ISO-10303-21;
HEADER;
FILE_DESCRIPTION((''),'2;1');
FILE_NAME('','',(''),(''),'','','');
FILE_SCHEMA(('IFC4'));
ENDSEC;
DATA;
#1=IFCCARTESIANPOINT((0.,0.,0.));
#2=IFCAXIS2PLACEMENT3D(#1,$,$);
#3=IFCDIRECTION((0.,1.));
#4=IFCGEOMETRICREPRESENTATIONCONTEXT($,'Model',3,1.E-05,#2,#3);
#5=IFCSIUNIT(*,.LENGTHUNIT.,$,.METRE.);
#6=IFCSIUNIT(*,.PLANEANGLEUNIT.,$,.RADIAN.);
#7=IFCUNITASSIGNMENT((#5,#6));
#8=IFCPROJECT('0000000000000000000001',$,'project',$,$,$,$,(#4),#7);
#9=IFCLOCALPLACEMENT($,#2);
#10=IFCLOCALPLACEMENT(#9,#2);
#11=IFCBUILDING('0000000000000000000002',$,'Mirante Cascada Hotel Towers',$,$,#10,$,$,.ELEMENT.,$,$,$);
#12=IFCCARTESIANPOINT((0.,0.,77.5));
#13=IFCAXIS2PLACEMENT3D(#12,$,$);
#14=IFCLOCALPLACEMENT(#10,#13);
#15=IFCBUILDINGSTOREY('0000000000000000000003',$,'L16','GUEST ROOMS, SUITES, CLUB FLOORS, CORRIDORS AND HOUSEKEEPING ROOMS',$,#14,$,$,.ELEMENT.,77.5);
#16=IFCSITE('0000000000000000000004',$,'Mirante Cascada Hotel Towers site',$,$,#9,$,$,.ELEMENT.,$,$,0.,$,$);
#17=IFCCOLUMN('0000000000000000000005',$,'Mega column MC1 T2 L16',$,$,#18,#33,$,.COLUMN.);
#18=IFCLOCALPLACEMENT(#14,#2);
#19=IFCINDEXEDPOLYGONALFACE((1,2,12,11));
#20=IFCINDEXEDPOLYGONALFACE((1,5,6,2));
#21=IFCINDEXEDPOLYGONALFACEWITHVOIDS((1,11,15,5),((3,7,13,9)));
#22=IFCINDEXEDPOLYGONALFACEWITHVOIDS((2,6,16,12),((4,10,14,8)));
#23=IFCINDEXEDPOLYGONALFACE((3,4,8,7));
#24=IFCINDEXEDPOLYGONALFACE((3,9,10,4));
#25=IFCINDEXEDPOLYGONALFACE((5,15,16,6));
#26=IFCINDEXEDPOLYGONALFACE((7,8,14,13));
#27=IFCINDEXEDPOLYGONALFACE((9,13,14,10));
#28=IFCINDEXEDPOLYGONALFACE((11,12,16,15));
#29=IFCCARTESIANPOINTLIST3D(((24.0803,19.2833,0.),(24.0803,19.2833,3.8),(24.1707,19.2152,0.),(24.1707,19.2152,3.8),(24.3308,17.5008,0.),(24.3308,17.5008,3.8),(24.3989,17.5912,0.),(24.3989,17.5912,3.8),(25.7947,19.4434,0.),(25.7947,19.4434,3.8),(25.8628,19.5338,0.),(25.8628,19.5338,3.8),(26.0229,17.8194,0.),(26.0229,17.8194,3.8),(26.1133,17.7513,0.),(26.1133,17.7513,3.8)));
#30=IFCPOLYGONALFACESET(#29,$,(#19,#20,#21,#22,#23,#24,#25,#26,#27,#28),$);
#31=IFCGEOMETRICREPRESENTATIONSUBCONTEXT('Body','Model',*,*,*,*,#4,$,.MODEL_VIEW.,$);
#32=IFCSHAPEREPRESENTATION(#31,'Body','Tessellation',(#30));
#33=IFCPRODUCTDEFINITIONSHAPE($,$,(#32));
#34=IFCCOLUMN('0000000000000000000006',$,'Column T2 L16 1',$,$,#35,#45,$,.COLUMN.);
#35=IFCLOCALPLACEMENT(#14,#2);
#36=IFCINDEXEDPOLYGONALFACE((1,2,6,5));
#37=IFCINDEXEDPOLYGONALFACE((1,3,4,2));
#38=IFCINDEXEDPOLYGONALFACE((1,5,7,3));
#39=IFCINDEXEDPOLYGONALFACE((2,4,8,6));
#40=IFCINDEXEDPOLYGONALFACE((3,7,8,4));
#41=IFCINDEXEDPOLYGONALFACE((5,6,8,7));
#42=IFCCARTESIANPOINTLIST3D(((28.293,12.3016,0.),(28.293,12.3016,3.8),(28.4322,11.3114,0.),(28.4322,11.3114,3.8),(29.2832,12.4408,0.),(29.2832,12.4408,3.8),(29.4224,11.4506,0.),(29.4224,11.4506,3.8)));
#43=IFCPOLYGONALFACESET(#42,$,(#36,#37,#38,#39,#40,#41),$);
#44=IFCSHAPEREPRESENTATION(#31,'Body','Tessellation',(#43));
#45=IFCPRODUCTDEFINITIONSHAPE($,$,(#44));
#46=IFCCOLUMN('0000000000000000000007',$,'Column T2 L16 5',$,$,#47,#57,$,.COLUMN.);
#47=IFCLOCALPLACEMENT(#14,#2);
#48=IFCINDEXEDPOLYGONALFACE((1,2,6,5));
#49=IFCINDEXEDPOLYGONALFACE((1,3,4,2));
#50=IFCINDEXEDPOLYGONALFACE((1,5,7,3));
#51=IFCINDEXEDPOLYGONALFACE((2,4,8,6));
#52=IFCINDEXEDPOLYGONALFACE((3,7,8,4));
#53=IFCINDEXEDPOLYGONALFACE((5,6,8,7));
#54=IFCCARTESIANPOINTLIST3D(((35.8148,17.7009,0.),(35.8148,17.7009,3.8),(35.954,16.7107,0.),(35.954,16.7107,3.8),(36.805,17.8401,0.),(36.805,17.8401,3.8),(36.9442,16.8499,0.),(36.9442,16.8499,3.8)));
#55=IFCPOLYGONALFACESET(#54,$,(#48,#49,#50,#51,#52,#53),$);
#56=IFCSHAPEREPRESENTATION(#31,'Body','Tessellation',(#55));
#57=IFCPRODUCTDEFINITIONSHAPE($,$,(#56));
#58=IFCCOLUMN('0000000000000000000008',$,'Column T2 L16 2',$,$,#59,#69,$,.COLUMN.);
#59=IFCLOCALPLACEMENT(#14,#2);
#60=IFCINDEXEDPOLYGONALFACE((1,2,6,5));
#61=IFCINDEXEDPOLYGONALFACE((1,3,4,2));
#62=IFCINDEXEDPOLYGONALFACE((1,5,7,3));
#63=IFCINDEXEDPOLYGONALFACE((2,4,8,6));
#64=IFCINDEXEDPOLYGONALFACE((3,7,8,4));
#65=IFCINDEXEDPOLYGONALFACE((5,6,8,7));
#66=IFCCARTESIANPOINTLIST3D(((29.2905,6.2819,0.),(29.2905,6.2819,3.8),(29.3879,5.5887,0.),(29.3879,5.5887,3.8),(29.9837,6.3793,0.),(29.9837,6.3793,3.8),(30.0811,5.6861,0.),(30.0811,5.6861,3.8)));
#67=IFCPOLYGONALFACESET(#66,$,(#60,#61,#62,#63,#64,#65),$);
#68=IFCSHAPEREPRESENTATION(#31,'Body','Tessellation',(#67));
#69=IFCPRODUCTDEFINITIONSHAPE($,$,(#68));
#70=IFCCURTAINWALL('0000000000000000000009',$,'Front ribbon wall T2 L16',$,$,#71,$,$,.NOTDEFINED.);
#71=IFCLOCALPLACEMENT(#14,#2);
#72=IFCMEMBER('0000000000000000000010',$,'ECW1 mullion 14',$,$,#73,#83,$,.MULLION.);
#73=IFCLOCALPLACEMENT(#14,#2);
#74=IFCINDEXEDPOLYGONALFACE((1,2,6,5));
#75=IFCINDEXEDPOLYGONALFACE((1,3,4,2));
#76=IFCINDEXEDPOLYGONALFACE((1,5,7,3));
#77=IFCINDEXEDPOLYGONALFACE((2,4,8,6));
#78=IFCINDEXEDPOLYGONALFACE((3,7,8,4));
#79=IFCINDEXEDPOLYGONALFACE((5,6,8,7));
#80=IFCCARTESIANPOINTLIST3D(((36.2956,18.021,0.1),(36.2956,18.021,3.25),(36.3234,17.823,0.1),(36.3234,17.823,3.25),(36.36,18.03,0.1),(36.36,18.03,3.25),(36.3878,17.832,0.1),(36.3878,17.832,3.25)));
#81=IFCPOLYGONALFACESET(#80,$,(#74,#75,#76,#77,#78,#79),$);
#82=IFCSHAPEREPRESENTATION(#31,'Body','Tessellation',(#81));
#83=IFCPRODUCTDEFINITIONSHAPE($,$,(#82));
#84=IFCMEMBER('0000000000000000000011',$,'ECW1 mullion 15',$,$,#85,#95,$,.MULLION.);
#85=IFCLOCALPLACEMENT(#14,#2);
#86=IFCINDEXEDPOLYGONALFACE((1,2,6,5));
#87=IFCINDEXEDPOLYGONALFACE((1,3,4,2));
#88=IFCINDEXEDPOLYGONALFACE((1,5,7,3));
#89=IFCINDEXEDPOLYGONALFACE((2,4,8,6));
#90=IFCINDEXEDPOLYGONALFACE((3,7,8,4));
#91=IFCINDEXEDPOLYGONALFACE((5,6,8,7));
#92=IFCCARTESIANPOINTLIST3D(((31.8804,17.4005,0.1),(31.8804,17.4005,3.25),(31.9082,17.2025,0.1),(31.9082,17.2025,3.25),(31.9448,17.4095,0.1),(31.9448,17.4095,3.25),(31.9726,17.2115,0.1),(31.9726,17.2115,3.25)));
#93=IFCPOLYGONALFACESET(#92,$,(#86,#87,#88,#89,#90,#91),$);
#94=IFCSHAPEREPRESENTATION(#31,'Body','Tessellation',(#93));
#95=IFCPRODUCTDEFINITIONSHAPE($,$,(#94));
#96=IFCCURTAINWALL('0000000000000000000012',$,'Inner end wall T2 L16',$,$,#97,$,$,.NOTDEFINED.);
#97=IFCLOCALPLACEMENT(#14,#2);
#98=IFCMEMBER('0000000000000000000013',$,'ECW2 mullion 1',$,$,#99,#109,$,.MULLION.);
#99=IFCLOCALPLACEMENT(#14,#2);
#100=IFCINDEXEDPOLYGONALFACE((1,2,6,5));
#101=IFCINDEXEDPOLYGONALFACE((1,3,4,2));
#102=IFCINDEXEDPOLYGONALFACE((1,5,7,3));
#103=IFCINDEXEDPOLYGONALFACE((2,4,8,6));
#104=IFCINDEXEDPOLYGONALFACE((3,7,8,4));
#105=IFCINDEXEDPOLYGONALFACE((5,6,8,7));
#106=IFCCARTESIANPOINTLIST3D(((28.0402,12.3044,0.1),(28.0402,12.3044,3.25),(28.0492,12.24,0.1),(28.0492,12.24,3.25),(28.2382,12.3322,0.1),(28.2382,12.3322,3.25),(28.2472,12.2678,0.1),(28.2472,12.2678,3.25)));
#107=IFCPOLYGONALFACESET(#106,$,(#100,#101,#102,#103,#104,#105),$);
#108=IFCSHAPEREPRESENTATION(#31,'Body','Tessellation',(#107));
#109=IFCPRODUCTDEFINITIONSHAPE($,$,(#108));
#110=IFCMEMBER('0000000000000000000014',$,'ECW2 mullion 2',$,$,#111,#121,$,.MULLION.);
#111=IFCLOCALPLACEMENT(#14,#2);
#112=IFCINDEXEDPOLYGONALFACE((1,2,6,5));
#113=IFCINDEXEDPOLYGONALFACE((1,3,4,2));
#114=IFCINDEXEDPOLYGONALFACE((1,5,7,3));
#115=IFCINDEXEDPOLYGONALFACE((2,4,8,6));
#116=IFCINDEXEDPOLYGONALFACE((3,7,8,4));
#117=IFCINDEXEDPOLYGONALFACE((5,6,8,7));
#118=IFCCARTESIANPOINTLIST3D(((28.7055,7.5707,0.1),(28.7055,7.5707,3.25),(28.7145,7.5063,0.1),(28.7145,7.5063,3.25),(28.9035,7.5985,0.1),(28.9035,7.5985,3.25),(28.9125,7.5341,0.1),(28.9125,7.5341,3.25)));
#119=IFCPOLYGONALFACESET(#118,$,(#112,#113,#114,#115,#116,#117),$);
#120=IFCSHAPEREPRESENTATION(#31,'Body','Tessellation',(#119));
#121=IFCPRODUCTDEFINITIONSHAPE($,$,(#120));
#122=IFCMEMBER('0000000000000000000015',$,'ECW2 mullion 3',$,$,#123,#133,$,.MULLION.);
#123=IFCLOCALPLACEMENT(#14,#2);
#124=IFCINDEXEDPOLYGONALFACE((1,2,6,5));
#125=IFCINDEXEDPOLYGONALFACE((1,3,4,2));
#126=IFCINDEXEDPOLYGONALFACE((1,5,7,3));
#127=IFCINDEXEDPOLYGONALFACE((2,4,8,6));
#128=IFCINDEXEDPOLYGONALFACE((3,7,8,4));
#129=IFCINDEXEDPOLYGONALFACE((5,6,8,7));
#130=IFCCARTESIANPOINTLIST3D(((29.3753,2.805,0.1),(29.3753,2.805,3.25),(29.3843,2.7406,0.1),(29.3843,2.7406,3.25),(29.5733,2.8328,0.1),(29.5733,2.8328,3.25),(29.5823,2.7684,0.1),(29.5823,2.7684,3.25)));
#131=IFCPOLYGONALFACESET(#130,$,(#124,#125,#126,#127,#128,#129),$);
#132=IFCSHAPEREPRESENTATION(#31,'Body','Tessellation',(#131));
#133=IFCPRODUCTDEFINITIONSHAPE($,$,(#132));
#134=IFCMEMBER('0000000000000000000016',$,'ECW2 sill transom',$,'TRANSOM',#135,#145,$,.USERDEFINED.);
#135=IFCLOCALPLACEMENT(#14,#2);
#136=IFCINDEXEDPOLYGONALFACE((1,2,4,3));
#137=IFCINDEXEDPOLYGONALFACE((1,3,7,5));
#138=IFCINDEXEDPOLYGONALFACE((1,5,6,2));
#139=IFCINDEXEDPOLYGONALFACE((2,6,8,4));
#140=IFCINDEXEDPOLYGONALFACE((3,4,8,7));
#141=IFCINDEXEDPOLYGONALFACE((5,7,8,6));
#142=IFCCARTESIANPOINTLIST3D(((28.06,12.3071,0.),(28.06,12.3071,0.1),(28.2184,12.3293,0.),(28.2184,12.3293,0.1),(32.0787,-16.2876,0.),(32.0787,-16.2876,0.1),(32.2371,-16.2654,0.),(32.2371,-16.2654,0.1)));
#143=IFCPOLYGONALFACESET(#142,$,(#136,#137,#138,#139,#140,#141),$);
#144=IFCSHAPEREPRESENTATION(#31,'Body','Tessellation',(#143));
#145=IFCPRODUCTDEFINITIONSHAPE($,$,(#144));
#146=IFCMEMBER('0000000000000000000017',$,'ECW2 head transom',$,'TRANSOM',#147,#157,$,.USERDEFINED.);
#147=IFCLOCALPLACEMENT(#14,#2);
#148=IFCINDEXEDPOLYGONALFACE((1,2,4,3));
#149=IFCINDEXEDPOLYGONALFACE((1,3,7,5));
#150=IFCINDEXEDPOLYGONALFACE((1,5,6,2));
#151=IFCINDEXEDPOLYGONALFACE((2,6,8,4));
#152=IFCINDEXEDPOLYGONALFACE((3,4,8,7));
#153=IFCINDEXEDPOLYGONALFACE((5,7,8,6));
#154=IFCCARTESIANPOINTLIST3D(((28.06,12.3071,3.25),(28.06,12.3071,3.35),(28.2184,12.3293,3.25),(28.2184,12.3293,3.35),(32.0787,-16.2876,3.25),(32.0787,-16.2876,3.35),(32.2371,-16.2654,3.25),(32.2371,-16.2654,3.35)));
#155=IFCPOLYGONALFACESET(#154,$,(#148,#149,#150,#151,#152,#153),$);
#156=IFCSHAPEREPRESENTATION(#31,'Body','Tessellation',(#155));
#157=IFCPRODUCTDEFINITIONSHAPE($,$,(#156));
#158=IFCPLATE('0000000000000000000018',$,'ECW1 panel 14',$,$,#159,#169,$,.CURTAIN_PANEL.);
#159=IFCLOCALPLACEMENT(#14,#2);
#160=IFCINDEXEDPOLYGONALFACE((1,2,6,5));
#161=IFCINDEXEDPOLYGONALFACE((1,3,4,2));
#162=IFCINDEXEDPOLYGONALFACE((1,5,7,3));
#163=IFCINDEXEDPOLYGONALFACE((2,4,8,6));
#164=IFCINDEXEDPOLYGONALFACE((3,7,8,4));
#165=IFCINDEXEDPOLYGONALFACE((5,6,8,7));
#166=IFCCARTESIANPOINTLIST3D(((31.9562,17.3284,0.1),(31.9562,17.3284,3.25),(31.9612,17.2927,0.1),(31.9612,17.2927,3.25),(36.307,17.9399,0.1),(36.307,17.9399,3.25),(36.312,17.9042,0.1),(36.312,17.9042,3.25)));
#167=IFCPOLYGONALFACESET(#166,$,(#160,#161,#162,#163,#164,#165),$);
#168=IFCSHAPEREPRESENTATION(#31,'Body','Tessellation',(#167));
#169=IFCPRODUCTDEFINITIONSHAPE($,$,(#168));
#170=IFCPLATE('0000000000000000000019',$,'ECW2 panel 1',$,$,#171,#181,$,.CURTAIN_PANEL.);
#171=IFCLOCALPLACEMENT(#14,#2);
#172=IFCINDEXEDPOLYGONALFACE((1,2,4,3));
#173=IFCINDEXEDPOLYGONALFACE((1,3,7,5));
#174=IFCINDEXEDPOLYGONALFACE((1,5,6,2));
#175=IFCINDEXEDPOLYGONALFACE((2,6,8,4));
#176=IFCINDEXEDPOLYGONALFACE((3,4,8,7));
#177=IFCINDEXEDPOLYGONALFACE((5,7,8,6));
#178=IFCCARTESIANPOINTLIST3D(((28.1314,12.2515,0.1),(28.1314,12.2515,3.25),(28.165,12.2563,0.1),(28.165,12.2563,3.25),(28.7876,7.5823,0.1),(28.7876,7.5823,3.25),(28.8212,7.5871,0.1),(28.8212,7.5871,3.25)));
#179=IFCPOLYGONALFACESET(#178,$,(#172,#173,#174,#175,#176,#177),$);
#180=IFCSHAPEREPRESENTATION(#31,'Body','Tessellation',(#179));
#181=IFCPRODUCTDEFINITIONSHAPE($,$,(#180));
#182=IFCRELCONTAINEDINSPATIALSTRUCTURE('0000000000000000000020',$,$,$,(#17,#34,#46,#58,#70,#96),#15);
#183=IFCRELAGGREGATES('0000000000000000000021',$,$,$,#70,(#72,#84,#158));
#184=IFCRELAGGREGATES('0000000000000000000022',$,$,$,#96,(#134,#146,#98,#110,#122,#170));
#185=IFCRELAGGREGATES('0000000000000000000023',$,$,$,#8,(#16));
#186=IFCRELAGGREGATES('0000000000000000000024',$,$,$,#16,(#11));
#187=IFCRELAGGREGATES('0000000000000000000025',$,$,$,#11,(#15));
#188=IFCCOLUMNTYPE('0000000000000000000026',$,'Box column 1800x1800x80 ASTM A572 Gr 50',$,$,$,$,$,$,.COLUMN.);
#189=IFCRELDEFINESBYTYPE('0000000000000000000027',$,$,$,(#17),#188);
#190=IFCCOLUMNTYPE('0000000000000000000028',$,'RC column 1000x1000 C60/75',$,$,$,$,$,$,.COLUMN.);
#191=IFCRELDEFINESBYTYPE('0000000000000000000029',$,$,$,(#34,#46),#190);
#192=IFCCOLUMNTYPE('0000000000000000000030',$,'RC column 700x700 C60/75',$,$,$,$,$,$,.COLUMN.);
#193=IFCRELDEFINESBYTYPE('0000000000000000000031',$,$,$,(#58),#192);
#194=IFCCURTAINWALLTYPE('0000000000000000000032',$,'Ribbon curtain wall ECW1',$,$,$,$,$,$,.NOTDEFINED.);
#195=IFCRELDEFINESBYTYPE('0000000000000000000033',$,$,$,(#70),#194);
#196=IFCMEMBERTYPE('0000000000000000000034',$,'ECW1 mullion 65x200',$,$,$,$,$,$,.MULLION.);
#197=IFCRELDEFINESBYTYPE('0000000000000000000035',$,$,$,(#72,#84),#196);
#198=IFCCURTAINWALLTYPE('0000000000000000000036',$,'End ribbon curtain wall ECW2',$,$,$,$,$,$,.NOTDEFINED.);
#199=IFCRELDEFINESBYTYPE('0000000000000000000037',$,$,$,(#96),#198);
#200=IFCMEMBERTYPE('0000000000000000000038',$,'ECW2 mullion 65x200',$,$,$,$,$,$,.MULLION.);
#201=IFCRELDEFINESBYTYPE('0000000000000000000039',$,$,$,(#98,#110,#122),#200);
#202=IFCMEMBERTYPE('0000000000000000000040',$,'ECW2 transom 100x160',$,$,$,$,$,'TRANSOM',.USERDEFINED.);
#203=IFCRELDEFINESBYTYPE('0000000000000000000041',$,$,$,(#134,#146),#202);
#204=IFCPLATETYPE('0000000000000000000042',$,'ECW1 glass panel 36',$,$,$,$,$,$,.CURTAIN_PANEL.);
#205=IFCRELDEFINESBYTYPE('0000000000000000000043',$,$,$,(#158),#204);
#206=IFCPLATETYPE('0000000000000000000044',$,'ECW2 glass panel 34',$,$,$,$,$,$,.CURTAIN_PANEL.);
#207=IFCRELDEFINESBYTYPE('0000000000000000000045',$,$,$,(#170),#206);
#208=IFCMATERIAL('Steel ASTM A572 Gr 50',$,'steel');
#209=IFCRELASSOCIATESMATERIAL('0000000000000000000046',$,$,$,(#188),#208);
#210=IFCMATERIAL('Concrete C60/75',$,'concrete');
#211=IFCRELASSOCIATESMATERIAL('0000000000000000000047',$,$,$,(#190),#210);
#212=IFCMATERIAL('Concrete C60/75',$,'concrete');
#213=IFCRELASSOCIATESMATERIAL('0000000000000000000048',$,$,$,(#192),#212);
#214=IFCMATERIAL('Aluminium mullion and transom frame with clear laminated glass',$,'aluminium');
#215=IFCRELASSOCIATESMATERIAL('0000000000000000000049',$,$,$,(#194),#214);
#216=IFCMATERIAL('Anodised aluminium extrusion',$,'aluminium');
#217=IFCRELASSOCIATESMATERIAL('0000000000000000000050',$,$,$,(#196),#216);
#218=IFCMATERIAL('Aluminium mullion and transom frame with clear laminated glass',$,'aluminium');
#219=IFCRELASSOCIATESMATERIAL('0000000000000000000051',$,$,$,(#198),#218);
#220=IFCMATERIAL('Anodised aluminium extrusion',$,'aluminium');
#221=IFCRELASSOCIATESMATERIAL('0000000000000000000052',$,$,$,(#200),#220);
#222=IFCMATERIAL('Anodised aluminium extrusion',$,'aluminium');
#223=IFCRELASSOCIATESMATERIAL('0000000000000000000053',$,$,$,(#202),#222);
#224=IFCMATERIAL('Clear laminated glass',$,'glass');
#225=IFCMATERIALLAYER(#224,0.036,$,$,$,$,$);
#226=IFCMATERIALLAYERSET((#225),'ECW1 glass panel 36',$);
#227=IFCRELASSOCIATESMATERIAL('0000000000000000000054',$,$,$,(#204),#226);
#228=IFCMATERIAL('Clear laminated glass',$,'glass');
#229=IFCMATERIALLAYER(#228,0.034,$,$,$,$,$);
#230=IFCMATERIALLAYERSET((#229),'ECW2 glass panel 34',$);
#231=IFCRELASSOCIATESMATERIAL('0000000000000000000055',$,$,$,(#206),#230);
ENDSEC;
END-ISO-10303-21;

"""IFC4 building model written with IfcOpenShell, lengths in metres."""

from ifc_helpers import new_model, si_unit, direction, frame, origin, origin_2d, place, context, subcontext, project, spatial, rectangle, hollow_rectangle, extrude, material, layer, layer_set, material_profile, profile_set, type_object, element, aggregate, save


model = new_model("IFC4")

# Units and contexts
model_context = context("Model", 3, precision=1e-05, world=origin(), true_north=direction((0.0, 1.0)))
body_context = subcontext(model_context, "Body", "Model", "MODEL_VIEW")
ifc_project = project(units=[si_unit("LENGTHUNIT", "METRE"), si_unit("PLANEANGLEUNIT", "RADIAN")], contexts=[model_context])

# Site, building, storey
site_placement = place(None, origin())
site = spatial("IfcSite", under=ifc_project, at=site_placement, Name="Mirante Cascada Hotel Towers site", CompositionType="ELEMENT", RefElevation=0.0)
building_placement = place(site_placement, origin())
building = spatial("IfcBuilding", under=site, at=building_placement, Name="Mirante Cascada Hotel Towers", CompositionType="ELEMENT")
storey_placement = place(building_placement, frame((0.0, 0.0, 77.5)))
storey = spatial("IfcBuildingStorey", under=building, at=storey_placement, Name="L16", Description="GUEST ROOMS, SUITES, CLUB FLOORS, CORRIDORS AND HOUSEKEEPING ROOMS", CompositionType="ELEMENT", Elevation=77.5)

# Columns
ifc_material_1 = material(Name="Steel ASTM A572 Gr 50", Category="steel")
ifc_material_profile_1 = material_profile(ifc_material_1, hollow_rectangle(XDim=1.8, YDim=1.8, WallThickness=0.08, at=origin_2d()), Name="Box column 1800x1800x80 ASTM A572 Gr 50")
ifc_profile_set_1 = profile_set([ifc_material_profile_1], Name="Steel ASTM A572 Gr 50")
column_type_1 = type_object("IfcColumnType", Name="Box column 1800x1800x80 ASTM A572 Gr 50", PredefinedType="COLUMN", material=ifc_profile_set_1)
column_1_placement = place(storey_placement, frame((25.0968, 18.5173, 0.0), z_axis=(0.0, 0.0, 1.0), x_axis=(0.990268, 0.139173, 0.0)))
element("IfcColumn", 1, at=column_1_placement, inside=storey, type_object=column_type_1, Name="Mega column MC1 T2 L16", PredefinedType="COLUMN", context=body_context, shape_type="SweptSolid", body=[
    extrude(hollow_rectangle(XDim=1.8, YDim=1.8, WallThickness=0.08, at=origin_2d()), origin(), (0.0, 0.0, 1.0), 3.8),
])
ifc_material_2 = material(Name="Concrete C60/75", Category="concrete")
ifc_material_profile_2 = material_profile(ifc_material_2, rectangle(XDim=1.0, YDim=1.0, at=origin_2d()), Name="RC column 1000x1000 C60/75")
ifc_profile_set_2 = profile_set([ifc_material_profile_2], Name="Concrete C60/75")
column_type_2 = type_object("IfcColumnType", Name="RC column 1000x1000 C60/75", PredefinedType="COLUMN", material=ifc_profile_set_2)
for number, where, z_axis, x_axis, name in (
    (2, (28.8577, 11.8761, 0.0), (0.0, 0.0, 1.0), (0.990268, 0.139173, 0.0), "Column T2 L16 1"),
    (3, (36.3795, 17.2754, 0.0), (0.0, 0.0, 1.0), (0.990268, 0.139173, 0.0), "Column T2 L16 5"),
):
    element("IfcColumn", number, at=place(storey_placement, frame(where, z_axis=z_axis, x_axis=x_axis)), inside=storey, type_object=column_type_2, Name=name, PredefinedType="COLUMN", context=body_context, shape_type="SweptSolid", body=[
        extrude(rectangle(XDim=1.0, YDim=1.0, at=origin_2d()), origin(), (0.0, 0.0, 1.0), 3.8),
    ])
ifc_material_3 = material(Name="Concrete C60/75", Category="concrete")
ifc_material_profile_3 = material_profile(ifc_material_3, rectangle(XDim=0.7, YDim=0.7, at=origin_2d()), Name="RC column 700x700 C60/75")
ifc_profile_set_3 = profile_set([ifc_material_profile_3], Name="Concrete C60/75")
column_type_3 = type_object("IfcColumnType", Name="RC column 700x700 C60/75", PredefinedType="COLUMN", material=ifc_profile_set_3)
column_2_placement = place(storey_placement, frame((29.6858, 5.984, 0.0), z_axis=(0.0, 0.0, 1.0), x_axis=(0.990268, 0.139173, 0.0)))
element("IfcColumn", 4, at=column_2_placement, inside=storey, type_object=column_type_3, Name="Column T2 L16 2", PredefinedType="COLUMN", context=body_context, shape_type="SweptSolid", body=[
    extrude(rectangle(XDim=0.7, YDim=0.7, at=origin_2d()), origin(), (0.0, 0.0, 1.0), 3.8),
])

# Curtain walls, members
ifc_material_4 = material(Name="Aluminium mullion and transom frame with clear laminated glass", Category="aluminium")
curtain_wall_type_1 = type_object("IfcCurtainWallType", Name="Ribbon curtain wall ECW1", PredefinedType="NOTDEFINED", material=ifc_material_4)
curtain_wall_1_placement = place(storey_placement, origin())
curtain_wall_1 = element("IfcCurtainWall", 5, at=curtain_wall_1_placement, inside=storey, type_object=curtain_wall_type_1, Name="Front ribbon wall T2 L16", PredefinedType="NOTDEFINED")
ifc_material_5 = material(Name="Anodised aluminium extrusion", Category="aluminium")
ifc_material_profile_4 = material_profile(ifc_material_5, rectangle(XDim=0.2, YDim=0.065, at=origin_2d()), Name="ECW1 MULLION 65x200")
ifc_profile_set_4 = profile_set([ifc_material_profile_4], Name="Anodised aluminium extrusion")
member_type_1 = type_object("IfcMemberType", Name="ECW1 mullion 65x200", PredefinedType="MULLION", material=ifc_profile_set_4)
member_1_placement = place(storey_placement, frame((36.3417, 17.9265, 0.1), z_axis=(0.0, 0.0, 1.0), x_axis=(0.139173, -0.990268, 0.0)))
member_1 = element("IfcMember", 6, at=member_1_placement, type_object=member_type_1, Name="ECW1 mullion 14", PredefinedType="MULLION", context=body_context, shape_type="SweptSolid", body=[
    extrude(rectangle(XDim=0.2, YDim=0.065, at=origin_2d()), origin(), (0.0, 0.0, 1.0), 3.15),
])
member_2_placement = place(storey_placement, frame((31.9265, 17.306, 0.1), z_axis=(0.0, 0.0, 1.0), x_axis=(0.139173, -0.990268, 0.0)))
member_2 = element("IfcMember", 7, at=member_2_placement, type_object=member_type_1, Name="ECW1 mullion 15", PredefinedType="MULLION", context=body_context, shape_type="SweptSolid", body=[
    extrude(rectangle(XDim=0.2, YDim=0.065, at=origin_2d()), origin(), (0.0, 0.0, 1.0), 3.15),
])
ifc_material_6 = material(Name="Aluminium mullion and transom frame with clear laminated glass", Category="aluminium")
curtain_wall_type_2 = type_object("IfcCurtainWallType", Name="End ribbon curtain wall ECW2", PredefinedType="NOTDEFINED", material=ifc_material_6)
curtain_wall_2_placement = place(storey_placement, origin())
curtain_wall_2 = element("IfcCurtainWall", 8, at=curtain_wall_2_placement, inside=storey, type_object=curtain_wall_type_2, Name="Inner end wall T2 L16", PredefinedType="NOTDEFINED")
ifc_material_7 = material(Name="Anodised aluminium extrusion", Category="aluminium")
ifc_material_profile_5 = material_profile(ifc_material_7, rectangle(XDim=0.2, YDim=0.065, at=origin_2d()), Name="ECW2 MULLION 65x200")
ifc_profile_set_5 = profile_set([ifc_material_profile_5], Name="Anodised aluminium extrusion")
member_type_2 = type_object("IfcMemberType", Name="ECW2 mullion 65x200", PredefinedType="MULLION", material=ifc_profile_set_5)
member_3_placement = place(storey_placement, frame((28.1437, 12.2861, 0.1), z_axis=(0.0, 0.0, 1.0), x_axis=(0.990268, 0.139173, 0.0)))
member_3 = element("IfcMember", 9, at=member_3_placement, type_object=member_type_2, Name="ECW2 mullion 1", PredefinedType="MULLION", context=body_context, shape_type="SweptSolid", body=[
    extrude(rectangle(XDim=0.2, YDim=0.065, at=origin_2d()), origin(), (0.0, 0.0, 1.0), 3.15),
])
member_4_placement = place(storey_placement, frame((28.809, 7.5524, 0.1), z_axis=(0.0, 0.0, 1.0), x_axis=(0.990268, 0.139173, 0.0)))
member_4 = element("IfcMember", 10, at=member_4_placement, type_object=member_type_2, Name="ECW2 mullion 2", PredefinedType="MULLION", context=body_context, shape_type="SweptSolid", body=[
    extrude(rectangle(XDim=0.2, YDim=0.065, at=origin_2d()), origin(), (0.0, 0.0, 1.0), 3.15),
])
member_5_placement = place(storey_placement, frame((29.4788, 2.7867, 0.1), z_axis=(0.0, 0.0, 1.0), x_axis=(0.990268, 0.139173, 0.0)))
member_5 = element("IfcMember", 11, at=member_5_placement, type_object=member_type_2, Name="ECW2 mullion 3", PredefinedType="MULLION", context=body_context, shape_type="SweptSolid", body=[
    extrude(rectangle(XDim=0.2, YDim=0.065, at=origin_2d()), origin(), (0.0, 0.0, 1.0), 3.15),
])
ifc_material_8 = material(Name="Anodised aluminium extrusion", Category="aluminium")
ifc_material_profile_6 = material_profile(ifc_material_8, rectangle(XDim=0.16, YDim=0.1, at=origin_2d()), Name="ECW2 TRANSOM 100x160")
ifc_profile_set_6 = profile_set([ifc_material_profile_6], Name="Anodised aluminium extrusion")
member_type_3 = type_object("IfcMemberType", Name="ECW2 transom 100x160", ElementType="TRANSOM", PredefinedType="USERDEFINED", material=ifc_profile_set_6)
member_6_placement = place(storey_placement, frame((28.1392, 12.3182, 0.05), z_axis=(0.139172, -0.990268, 0.0), x_axis=(0.990268, 0.139172, 0.0)))
member_6 = element("IfcMember", 12, at=member_6_placement, type_object=member_type_3, Name="ECW2 sill transom", ObjectType="TRANSOM", PredefinedType="USERDEFINED", context=body_context, shape_type="SweptSolid", body=[
    extrude(rectangle(XDim=0.16, YDim=0.1, at=origin_2d()), origin(), (0.0, 0.0, 1.0), 28.8757),
])
member_7_placement = place(storey_placement, frame((28.1392, 12.3182, 3.3), z_axis=(0.139172, -0.990268, 0.0), x_axis=(0.990268, 0.139172, 0.0)))
member_7 = element("IfcMember", 13, at=member_7_placement, type_object=member_type_3, Name="ECW2 head transom", ObjectType="TRANSOM", PredefinedType="USERDEFINED", context=body_context, shape_type="SweptSolid", body=[
    extrude(rectangle(XDim=0.16, YDim=0.1, at=origin_2d()), origin(), (0.0, 0.0, 1.0), 28.8757),
])

# Plates
ifc_material_9 = material(Name="Clear laminated glass", Category="glass")
ifc_layer_1 = layer(ifc_material_9, 0.036)
ifc_layer_set_1 = layer_set([ifc_layer_1], Name="ECW1 glass panel 36")
plate_type_1 = type_object("IfcPlateType", Name="ECW1 glass panel 36", PredefinedType="CURTAIN_PANEL", material=ifc_layer_set_1)
plate_1_placement = place(storey_placement, frame((34.1341, 17.6163, 0.1), z_axis=(0.0, 0.0, 1.0), x_axis=(-0.990268, -0.139173, 0.0)))
plate_1 = element("IfcPlate", 14, at=plate_1_placement, type_object=plate_type_1, Name="ECW1 panel 14", PredefinedType="CURTAIN_PANEL", context=body_context, shape_type="SweptSolid", body=[
    extrude(rectangle(XDim=4.3936, YDim=0.036, at=origin_2d()), origin(), (0.0, 0.0, 1.0), 3.15),
])
aggregate(curtain_wall_1, [member_1, member_2, plate_1])
ifc_material_10 = material(Name="Clear laminated glass", Category="glass")
ifc_layer_2 = layer(ifc_material_10, 0.034)
ifc_layer_set_2 = layer_set([ifc_layer_2], Name="ECW2 glass panel 34")
plate_type_2 = type_object("IfcPlateType", Name="ECW2 glass panel 34", PredefinedType="CURTAIN_PANEL", material=ifc_layer_set_2)
plate_2_placement = place(storey_placement, frame((28.4763, 9.9193, 0.1), z_axis=(0.0, 0.0, 1.0), x_axis=(0.139173, -0.990268, 0.0)))
plate_2 = element("IfcPlate", 15, at=plate_2_placement, type_object=plate_type_2, Name="ECW2 panel 1", PredefinedType="CURTAIN_PANEL", context=body_context, shape_type="SweptSolid", body=[
    extrude(rectangle(XDim=4.7151, YDim=0.034, at=origin_2d()), origin(), (0.0, 0.0, 1.0), 3.15),
])
aggregate(curtain_wall_2, [member_6, member_7, member_3, member_4, member_5, plate_2])

save(model, "model.ifc")
